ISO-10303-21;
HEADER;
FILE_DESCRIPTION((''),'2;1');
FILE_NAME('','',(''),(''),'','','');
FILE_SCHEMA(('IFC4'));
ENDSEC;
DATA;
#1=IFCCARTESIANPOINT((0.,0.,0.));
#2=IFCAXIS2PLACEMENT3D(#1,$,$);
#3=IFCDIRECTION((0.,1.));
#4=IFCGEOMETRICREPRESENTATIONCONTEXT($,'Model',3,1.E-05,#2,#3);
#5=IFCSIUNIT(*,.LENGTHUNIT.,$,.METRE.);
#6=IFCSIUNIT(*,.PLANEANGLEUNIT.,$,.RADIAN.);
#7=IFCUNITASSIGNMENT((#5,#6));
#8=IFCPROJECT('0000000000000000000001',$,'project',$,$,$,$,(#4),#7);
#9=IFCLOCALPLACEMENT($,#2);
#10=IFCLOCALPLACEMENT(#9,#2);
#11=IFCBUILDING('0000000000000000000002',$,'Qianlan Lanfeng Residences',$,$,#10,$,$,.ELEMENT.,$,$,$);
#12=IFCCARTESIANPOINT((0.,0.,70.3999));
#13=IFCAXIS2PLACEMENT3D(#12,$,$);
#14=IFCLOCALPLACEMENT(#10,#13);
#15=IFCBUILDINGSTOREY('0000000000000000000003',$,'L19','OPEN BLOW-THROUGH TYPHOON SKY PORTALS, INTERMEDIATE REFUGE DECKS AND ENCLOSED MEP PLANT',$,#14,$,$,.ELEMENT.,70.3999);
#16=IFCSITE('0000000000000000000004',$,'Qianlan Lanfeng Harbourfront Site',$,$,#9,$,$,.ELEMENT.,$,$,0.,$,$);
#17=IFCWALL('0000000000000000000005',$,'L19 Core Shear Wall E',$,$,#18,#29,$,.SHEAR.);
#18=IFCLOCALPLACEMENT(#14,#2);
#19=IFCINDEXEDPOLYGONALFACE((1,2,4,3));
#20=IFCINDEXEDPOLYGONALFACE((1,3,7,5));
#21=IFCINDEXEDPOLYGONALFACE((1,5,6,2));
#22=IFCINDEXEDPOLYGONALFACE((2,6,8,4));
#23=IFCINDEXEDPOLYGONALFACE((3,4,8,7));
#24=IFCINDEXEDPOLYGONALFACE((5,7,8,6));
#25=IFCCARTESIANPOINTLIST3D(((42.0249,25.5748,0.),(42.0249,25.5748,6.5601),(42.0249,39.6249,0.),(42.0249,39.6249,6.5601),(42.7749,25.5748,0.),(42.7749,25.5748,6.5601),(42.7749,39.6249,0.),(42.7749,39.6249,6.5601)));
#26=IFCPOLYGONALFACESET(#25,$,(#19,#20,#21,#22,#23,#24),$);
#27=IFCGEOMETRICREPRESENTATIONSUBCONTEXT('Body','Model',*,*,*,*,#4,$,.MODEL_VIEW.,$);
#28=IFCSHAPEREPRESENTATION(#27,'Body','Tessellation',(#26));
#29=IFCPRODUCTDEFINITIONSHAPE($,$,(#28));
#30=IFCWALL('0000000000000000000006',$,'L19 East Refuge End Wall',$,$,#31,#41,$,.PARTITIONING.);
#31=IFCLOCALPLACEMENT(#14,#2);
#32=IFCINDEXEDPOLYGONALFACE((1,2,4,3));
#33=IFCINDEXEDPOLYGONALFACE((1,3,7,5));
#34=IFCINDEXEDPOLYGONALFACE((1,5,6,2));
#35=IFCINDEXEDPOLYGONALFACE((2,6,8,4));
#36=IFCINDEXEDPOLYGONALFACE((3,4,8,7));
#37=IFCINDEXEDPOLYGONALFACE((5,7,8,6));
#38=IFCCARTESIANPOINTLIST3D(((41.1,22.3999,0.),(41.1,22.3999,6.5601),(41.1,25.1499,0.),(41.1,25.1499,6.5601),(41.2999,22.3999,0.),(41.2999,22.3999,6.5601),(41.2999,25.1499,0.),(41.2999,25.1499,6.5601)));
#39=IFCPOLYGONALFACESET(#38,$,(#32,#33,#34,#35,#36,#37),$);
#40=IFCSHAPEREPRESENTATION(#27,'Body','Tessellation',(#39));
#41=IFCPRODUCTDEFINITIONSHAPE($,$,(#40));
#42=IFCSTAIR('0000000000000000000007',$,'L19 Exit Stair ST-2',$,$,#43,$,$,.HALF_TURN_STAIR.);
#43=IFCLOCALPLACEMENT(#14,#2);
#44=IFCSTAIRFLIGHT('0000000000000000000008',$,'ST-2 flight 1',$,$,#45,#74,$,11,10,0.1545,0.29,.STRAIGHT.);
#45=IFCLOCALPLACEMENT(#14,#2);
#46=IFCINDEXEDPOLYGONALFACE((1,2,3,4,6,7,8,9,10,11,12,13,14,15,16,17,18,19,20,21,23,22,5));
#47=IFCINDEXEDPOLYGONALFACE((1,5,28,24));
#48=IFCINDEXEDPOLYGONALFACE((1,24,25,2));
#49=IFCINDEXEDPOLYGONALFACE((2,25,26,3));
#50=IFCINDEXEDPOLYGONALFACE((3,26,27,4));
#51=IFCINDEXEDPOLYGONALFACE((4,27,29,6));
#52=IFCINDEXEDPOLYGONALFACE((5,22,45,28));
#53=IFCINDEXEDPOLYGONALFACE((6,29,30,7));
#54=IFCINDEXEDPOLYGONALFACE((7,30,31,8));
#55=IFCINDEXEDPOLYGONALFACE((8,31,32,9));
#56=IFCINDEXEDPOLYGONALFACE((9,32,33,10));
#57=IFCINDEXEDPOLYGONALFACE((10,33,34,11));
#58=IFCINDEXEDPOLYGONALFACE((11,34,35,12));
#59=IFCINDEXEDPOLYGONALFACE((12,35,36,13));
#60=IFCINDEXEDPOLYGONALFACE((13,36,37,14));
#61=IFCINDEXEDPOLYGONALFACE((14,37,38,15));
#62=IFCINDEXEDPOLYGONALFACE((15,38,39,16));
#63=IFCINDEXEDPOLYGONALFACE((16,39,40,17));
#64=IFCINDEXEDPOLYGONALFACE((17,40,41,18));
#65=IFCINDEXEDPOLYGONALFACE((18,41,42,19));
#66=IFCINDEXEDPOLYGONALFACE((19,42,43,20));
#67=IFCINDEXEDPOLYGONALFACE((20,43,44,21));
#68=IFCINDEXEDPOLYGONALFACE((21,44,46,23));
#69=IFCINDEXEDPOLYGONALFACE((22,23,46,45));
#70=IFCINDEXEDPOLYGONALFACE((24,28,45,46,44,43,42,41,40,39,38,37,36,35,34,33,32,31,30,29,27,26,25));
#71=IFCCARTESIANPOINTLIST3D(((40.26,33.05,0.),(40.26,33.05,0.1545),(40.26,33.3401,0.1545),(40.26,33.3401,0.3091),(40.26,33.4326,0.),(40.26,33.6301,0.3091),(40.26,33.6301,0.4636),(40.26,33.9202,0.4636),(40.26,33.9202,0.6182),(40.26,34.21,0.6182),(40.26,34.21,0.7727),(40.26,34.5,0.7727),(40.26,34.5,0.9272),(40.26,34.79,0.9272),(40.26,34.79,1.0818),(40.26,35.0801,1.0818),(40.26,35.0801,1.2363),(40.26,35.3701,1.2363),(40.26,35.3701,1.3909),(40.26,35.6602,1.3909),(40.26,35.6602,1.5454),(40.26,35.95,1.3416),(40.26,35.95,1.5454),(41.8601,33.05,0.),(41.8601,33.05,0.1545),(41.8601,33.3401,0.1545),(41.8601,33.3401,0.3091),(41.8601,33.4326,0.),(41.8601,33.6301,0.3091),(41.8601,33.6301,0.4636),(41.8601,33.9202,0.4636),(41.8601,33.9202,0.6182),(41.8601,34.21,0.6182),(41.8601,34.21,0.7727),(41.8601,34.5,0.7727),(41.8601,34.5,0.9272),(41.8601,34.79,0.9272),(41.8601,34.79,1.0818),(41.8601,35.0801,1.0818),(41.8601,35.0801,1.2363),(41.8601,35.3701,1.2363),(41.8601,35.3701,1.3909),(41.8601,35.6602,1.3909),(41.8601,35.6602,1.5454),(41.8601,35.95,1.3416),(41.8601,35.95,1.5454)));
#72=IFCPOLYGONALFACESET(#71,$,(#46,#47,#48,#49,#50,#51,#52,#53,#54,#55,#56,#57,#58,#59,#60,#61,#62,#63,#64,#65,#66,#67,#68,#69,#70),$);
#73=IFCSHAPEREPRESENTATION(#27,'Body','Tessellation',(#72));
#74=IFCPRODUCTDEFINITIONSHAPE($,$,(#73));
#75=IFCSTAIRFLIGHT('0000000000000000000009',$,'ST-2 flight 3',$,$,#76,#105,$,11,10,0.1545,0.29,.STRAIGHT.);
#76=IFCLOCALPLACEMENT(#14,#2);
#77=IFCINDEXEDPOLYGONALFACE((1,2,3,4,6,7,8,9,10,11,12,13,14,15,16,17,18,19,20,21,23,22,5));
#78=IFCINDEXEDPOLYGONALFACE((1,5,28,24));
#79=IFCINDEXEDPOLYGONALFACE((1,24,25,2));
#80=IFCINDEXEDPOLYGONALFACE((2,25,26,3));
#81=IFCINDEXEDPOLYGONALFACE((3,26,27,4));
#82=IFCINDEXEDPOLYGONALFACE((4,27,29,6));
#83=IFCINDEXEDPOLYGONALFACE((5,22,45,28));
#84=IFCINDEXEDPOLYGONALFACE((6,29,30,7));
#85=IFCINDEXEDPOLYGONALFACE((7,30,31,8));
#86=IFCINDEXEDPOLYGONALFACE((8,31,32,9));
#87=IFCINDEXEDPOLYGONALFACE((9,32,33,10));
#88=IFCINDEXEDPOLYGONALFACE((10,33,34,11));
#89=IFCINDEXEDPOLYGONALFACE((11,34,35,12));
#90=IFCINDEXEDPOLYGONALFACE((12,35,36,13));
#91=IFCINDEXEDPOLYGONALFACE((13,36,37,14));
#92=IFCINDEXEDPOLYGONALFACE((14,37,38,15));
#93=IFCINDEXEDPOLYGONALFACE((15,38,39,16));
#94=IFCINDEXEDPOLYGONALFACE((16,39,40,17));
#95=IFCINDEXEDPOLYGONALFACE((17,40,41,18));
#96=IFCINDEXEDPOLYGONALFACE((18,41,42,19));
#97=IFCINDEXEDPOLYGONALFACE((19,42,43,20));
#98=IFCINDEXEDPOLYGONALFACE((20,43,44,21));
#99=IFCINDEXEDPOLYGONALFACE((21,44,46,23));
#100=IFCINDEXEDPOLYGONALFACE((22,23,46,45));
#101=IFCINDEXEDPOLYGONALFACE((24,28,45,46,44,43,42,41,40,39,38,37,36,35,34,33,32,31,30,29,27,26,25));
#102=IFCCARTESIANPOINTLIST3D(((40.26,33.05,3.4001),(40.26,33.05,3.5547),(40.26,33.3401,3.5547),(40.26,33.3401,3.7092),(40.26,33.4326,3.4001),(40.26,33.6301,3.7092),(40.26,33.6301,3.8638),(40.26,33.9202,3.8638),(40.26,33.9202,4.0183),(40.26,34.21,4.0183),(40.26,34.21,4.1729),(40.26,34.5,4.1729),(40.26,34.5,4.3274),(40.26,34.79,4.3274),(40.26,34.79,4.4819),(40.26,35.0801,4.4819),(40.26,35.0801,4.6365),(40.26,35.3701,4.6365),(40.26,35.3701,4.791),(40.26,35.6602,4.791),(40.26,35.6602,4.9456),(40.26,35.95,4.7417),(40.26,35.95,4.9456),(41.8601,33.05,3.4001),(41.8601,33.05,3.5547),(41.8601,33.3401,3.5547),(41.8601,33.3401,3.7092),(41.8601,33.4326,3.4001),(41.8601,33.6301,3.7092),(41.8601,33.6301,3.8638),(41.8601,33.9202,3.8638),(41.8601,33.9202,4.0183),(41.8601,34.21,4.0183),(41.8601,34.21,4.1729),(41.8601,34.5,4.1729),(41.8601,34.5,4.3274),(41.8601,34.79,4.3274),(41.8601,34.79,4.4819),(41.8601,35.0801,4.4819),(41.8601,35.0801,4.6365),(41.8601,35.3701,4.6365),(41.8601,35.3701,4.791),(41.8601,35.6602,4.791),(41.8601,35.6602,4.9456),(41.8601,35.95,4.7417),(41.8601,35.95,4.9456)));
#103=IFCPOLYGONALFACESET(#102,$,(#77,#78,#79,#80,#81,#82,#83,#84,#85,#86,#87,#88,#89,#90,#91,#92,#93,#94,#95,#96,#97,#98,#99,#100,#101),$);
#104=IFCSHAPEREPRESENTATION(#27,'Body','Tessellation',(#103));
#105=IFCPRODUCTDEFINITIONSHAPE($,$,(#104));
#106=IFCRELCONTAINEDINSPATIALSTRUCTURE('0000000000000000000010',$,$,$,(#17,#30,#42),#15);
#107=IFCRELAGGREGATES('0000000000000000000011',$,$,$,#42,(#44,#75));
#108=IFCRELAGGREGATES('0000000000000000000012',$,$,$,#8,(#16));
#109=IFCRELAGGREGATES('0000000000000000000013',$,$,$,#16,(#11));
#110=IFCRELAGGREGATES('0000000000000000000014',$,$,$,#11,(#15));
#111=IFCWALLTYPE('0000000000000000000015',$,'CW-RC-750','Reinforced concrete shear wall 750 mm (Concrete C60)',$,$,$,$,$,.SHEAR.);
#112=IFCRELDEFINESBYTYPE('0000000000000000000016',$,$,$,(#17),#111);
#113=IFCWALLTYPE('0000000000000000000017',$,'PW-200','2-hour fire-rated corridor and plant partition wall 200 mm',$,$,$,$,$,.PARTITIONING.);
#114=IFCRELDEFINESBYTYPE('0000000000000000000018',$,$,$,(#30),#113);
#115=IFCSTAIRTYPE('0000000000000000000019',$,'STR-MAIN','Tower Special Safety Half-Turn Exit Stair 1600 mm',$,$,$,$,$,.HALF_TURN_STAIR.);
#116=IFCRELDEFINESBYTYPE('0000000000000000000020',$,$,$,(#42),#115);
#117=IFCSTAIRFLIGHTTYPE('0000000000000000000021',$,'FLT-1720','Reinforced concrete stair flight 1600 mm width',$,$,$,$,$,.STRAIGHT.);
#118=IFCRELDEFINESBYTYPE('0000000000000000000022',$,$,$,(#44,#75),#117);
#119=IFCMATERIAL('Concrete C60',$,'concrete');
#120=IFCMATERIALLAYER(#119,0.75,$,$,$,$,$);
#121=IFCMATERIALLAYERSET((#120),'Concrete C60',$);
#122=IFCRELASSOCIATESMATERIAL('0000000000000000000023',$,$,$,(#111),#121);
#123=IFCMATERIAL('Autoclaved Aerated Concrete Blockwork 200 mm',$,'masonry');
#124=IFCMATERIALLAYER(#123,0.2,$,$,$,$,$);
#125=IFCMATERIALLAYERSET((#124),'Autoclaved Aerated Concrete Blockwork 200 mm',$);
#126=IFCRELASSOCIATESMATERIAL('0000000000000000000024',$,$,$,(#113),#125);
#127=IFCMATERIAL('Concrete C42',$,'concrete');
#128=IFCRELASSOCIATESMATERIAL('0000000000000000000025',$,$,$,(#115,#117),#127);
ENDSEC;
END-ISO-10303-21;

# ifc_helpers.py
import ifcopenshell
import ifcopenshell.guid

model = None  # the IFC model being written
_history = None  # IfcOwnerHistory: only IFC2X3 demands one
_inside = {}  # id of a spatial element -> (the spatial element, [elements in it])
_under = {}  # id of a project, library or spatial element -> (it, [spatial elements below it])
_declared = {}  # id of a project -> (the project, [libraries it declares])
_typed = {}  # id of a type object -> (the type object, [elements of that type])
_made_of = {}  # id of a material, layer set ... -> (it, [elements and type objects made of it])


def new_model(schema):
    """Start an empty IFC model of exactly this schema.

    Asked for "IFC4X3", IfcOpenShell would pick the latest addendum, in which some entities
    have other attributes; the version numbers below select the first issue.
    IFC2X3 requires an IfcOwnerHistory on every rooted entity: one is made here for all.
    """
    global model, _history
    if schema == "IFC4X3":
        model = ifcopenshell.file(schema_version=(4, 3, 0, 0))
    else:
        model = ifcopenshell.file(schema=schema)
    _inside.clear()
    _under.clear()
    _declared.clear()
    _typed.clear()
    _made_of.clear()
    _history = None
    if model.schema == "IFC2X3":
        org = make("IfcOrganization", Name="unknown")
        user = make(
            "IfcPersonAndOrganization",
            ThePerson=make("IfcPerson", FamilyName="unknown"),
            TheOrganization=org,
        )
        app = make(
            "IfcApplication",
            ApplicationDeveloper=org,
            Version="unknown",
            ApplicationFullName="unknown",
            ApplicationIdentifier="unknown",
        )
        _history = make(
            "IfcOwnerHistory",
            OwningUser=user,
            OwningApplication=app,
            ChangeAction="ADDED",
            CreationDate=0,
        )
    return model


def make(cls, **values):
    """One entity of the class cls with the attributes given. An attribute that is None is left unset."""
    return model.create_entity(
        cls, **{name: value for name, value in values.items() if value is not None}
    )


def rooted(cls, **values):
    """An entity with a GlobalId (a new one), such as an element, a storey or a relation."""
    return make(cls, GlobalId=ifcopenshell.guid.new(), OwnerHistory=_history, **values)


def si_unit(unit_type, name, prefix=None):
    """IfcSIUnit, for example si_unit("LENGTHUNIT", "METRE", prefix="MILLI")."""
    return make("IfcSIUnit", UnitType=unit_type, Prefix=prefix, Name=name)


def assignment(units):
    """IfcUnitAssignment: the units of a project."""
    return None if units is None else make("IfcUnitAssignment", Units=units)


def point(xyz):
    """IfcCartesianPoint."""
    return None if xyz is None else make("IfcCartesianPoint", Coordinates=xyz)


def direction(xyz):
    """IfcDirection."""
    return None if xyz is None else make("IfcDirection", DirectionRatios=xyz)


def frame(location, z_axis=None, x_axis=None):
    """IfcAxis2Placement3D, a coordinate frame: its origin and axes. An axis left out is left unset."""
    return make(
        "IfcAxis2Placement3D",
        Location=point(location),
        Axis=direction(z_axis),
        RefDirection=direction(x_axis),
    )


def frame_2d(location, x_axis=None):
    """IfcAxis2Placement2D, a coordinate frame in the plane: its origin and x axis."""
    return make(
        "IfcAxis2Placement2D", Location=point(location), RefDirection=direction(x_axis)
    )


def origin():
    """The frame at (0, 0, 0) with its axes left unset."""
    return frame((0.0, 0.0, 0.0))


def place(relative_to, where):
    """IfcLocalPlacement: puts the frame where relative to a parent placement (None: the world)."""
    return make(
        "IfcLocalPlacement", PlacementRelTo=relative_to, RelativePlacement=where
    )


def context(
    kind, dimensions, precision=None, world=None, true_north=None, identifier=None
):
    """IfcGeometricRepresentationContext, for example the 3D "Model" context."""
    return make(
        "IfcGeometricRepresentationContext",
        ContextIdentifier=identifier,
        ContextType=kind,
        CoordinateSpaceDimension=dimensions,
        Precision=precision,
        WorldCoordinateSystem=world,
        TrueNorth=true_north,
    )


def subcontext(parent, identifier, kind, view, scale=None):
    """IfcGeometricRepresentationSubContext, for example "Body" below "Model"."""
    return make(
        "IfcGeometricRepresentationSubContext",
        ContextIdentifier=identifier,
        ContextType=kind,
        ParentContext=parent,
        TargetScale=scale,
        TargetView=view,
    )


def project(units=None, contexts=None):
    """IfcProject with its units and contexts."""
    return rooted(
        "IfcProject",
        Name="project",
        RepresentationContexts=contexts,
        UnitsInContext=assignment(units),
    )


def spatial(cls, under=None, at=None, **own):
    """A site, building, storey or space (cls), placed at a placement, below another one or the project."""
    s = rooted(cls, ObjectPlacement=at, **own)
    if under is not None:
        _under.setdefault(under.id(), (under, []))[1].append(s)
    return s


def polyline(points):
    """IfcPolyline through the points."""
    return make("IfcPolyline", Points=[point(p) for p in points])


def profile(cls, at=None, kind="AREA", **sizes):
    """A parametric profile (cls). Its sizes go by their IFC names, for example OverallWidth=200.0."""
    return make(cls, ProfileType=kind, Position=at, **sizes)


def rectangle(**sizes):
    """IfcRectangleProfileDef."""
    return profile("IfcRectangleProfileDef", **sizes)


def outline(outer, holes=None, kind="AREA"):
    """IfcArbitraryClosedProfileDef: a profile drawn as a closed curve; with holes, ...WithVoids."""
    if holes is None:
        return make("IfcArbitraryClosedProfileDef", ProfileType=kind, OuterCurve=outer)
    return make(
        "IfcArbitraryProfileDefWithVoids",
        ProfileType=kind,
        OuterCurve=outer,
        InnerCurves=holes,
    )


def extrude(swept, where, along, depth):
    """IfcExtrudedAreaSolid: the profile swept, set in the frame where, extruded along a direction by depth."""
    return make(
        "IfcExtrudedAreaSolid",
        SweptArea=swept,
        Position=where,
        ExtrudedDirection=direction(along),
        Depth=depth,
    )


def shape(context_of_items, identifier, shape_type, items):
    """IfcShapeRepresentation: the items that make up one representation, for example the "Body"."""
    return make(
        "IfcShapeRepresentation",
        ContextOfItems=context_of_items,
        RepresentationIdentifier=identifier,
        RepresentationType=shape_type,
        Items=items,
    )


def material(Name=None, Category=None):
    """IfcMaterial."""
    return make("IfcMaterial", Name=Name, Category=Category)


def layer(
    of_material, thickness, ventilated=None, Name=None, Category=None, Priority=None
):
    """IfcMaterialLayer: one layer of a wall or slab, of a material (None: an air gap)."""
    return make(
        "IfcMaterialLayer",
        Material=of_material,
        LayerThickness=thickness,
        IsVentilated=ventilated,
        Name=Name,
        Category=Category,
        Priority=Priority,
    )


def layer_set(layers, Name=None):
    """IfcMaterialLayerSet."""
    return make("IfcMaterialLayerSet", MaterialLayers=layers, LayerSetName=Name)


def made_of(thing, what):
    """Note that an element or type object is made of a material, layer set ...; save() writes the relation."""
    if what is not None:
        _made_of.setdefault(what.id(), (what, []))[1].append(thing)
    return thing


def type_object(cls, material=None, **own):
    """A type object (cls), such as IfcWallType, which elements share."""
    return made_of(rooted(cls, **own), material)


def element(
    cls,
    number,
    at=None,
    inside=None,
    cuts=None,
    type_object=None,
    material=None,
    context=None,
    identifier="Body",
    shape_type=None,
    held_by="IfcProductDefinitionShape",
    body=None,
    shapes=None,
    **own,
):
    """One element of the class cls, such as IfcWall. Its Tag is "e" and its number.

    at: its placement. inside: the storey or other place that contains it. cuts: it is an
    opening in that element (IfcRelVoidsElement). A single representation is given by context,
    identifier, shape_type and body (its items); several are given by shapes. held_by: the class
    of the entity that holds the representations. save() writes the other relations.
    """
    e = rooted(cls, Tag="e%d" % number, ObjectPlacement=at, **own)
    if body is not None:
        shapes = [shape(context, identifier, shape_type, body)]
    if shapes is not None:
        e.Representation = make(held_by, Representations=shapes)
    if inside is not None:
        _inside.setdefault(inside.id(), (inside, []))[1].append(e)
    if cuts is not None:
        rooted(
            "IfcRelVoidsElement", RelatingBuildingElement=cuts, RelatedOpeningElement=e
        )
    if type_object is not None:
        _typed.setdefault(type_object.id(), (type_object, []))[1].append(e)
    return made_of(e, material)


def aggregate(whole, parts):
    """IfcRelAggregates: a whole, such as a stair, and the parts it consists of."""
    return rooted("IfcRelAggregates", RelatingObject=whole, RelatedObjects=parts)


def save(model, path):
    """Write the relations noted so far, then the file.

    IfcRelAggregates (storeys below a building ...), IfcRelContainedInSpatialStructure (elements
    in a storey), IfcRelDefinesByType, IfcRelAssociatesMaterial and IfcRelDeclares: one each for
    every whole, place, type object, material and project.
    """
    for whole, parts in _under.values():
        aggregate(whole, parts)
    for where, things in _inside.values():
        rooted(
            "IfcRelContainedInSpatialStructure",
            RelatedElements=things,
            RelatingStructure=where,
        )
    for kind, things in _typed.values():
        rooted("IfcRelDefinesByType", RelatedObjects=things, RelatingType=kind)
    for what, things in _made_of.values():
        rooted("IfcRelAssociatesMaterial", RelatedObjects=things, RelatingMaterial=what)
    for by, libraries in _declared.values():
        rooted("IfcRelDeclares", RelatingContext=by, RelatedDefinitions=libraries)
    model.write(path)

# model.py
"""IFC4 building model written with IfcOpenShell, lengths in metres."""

from ifc_helpers import new_model, si_unit, direction, frame, frame_2d, origin, place, context, subcontext, project, spatial, polyline, rectangle, outline, extrude, material, layer, layer_set, type_object, element, aggregate, save


model = new_model("IFC4")

# Units and contexts
model_context = context("Model", 3, precision=1e-05, world=origin(), true_north=direction((0.0, 1.0)))
body_context = subcontext(model_context, "Body", "Model", "MODEL_VIEW")
ifc_project = project(units=[si_unit("LENGTHUNIT", "METRE"), si_unit("PLANEANGLEUNIT", "RADIAN")], contexts=[model_context])

# Site, building, storey
site_placement = place(None, origin())
site = spatial("IfcSite", under=ifc_project, at=site_placement, Name="Qianlan Lanfeng Harbourfront Site", CompositionType="ELEMENT", RefElevation=0.0)
building_placement = place(site_placement, origin())
building = spatial("IfcBuilding", under=site, at=building_placement, Name="Qianlan Lanfeng Residences", CompositionType="ELEMENT")
storey_placement = place(building_placement, frame((0.0, 0.0, 70.3999)))
storey = spatial("IfcBuildingStorey", under=building, at=storey_placement, Name="L19", Description="OPEN BLOW-THROUGH TYPHOON SKY PORTALS, INTERMEDIATE REFUGE DECKS AND ENCLOSED MEP PLANT", CompositionType="ELEMENT", Elevation=70.3999)

# Walls
ifc_material_1 = material(Name="Concrete C60", Category="concrete")
ifc_layer_1 = layer(ifc_material_1, 0.75)
ifc_layer_set_1 = layer_set([ifc_layer_1], Name="Concrete C60")
wall_type_1 = type_object("IfcWallType", Name="CW-RC-750", Description="Reinforced concrete shear wall 750 mm (Concrete C60)", PredefinedType="SHEAR", material=ifc_layer_set_1)
wall_1_placement = place(storey_placement, frame((42.3999, 25.575, 0.0), z_axis=(0.0, 0.0, 1.0), x_axis=(0.0, 1.0, 0.0)))
element("IfcWall", 1, at=wall_1_placement, inside=storey, type_object=wall_type_1, Name="L19 Core Shear Wall E", PredefinedType="SHEAR", context=body_context, shape_type="SweptSolid", body=[
    extrude(rectangle(XDim=14.05, YDim=0.75, at=frame_2d((7.0249, 0.0))), origin(), (0.0, 0.0, 1.0), 6.5601),
])
ifc_material_2 = material(Name="Autoclaved Aerated Concrete Blockwork 200 mm", Category="masonry")
ifc_layer_2 = layer(ifc_material_2, 0.2)
ifc_layer_set_2 = layer_set([ifc_layer_2], Name="Autoclaved Aerated Concrete Blockwork 200 mm")
wall_type_2 = type_object("IfcWallType", Name="PW-200", Description="2-hour fire-rated corridor and plant partition wall 200 mm", PredefinedType="PARTITIONING", material=ifc_layer_set_2)
wall_2_placement = place(storey_placement, frame((41.2, 22.3999, 0.0), z_axis=(0.0, 0.0, 1.0), x_axis=(0.0, 1.0, 0.0)))
element("IfcWall", 2, at=wall_2_placement, inside=storey, type_object=wall_type_2, Name="L19 East Refuge End Wall", PredefinedType="PARTITIONING", context=body_context, shape_type="SweptSolid", body=[
    extrude(rectangle(XDim=2.75, YDim=0.2, at=frame_2d((1.375, 0.0))), origin(), (0.0, 0.0, 1.0), 6.5601),
])

# Stair, stair flights
ifc_material_3 = material(Name="Concrete C42", Category="concrete")
stair_type = type_object("IfcStairType", Name="STR-MAIN", Description="Tower Special Safety Half-Turn Exit Stair 1600 mm", PredefinedType="HALF_TURN_STAIR", material=ifc_material_3)
stair_placement = place(storey_placement, origin())
stair = element("IfcStair", 3, at=stair_placement, inside=storey, type_object=stair_type, Name="L19 Exit Stair ST-2", PredefinedType="HALF_TURN_STAIR")
stair_flight_type = type_object("IfcStairFlightType", Name="FLT-1720", Description="Reinforced concrete stair flight 1600 mm width", PredefinedType="STRAIGHT", material=ifc_material_3)
stair_flight_1_placement = place(storey_placement, frame((41.0601, 33.05, 0.0), z_axis=(0.0, 0.0, 1.0), x_axis=(0.0, 1.0, 0.0)))
stair_flight_1 = element("IfcStairFlight", 4, at=stair_flight_1_placement, type_object=stair_flight_type, Name="ST-2 flight 1", NumberOfRisers=11, NumberOfTreads=10, PredefinedType="STRAIGHT", RiserHeight=0.1545, TreadLength=0.29, context=body_context, shape_type="SweptSolid", body=[
    extrude(outline(polyline([(0.0, 0.0), (0.0, 0.1545), (0.29, 0.1545), (0.29, 0.3091), (0.5801, 0.3091), (0.5801, 0.4636), (0.8701, 0.4636), (0.8701, 0.6182), (1.1599, 0.6182), (1.1599, 0.7727), (1.45, 0.7727), (1.45, 0.9272), (1.74, 0.9272), (1.74, 1.0818), (2.03, 1.0818), (2.03, 1.2363), (2.3201, 1.2363), (2.3201, 1.3909), (2.6101, 1.3909), (2.6101, 1.5454), (2.8999, 1.5454), (2.8999, 1.7), (2.8999, 1.3416), (0.3826, 0.0), (0.0, 0.0)])), frame((0.0, 0.8, 0.0), z_axis=(0.0, -1.0, 0.0), x_axis=(1.0, 0.0, 0.0)), (0.0, 0.0, 1.0), 1.6001),
])
stair_flight_2_placement = place(storey_placement, frame((41.0601, 33.05, 3.4001), z_axis=(0.0, 0.0, 1.0), x_axis=(0.0, 1.0, 0.0)))
stair_flight_2 = element("IfcStairFlight", 5, at=stair_flight_2_placement, type_object=stair_flight_type, Name="ST-2 flight 3", NumberOfRisers=11, NumberOfTreads=10, PredefinedType="STRAIGHT", RiserHeight=0.1545, TreadLength=0.29, context=body_context, shape_type="SweptSolid", body=[
    extrude(outline(polyline([(0.0, 0.0), (0.0, 0.1545), (0.29, 0.1545), (0.29, 0.3091), (0.5801, 0.3091), (0.5801, 0.4636), (0.8701, 0.4636), (0.8701, 0.6182), (1.1599, 0.6182), (1.1599, 0.7727), (1.45, 0.7727), (1.45, 0.9272), (1.74, 0.9272), (1.74, 1.0818), (2.03, 1.0818), (2.03, 1.2363), (2.3201, 1.2363), (2.3201, 1.3909), (2.6101, 1.3909), (2.6101, 1.5454), (2.8999, 1.5454), (2.8999, 1.7), (2.8999, 1.3416), (0.3826, 0.0), (0.0, 0.0)])), frame((0.0, 0.8, 0.0), z_axis=(0.0, -1.0, 0.0), x_axis=(1.0, 0.0, 0.0)), (0.0, 0.0, 1.0), 1.6001),
])
aggregate(stair, [stair_flight_1, stair_flight_2])

save(model, "model.ifc")
